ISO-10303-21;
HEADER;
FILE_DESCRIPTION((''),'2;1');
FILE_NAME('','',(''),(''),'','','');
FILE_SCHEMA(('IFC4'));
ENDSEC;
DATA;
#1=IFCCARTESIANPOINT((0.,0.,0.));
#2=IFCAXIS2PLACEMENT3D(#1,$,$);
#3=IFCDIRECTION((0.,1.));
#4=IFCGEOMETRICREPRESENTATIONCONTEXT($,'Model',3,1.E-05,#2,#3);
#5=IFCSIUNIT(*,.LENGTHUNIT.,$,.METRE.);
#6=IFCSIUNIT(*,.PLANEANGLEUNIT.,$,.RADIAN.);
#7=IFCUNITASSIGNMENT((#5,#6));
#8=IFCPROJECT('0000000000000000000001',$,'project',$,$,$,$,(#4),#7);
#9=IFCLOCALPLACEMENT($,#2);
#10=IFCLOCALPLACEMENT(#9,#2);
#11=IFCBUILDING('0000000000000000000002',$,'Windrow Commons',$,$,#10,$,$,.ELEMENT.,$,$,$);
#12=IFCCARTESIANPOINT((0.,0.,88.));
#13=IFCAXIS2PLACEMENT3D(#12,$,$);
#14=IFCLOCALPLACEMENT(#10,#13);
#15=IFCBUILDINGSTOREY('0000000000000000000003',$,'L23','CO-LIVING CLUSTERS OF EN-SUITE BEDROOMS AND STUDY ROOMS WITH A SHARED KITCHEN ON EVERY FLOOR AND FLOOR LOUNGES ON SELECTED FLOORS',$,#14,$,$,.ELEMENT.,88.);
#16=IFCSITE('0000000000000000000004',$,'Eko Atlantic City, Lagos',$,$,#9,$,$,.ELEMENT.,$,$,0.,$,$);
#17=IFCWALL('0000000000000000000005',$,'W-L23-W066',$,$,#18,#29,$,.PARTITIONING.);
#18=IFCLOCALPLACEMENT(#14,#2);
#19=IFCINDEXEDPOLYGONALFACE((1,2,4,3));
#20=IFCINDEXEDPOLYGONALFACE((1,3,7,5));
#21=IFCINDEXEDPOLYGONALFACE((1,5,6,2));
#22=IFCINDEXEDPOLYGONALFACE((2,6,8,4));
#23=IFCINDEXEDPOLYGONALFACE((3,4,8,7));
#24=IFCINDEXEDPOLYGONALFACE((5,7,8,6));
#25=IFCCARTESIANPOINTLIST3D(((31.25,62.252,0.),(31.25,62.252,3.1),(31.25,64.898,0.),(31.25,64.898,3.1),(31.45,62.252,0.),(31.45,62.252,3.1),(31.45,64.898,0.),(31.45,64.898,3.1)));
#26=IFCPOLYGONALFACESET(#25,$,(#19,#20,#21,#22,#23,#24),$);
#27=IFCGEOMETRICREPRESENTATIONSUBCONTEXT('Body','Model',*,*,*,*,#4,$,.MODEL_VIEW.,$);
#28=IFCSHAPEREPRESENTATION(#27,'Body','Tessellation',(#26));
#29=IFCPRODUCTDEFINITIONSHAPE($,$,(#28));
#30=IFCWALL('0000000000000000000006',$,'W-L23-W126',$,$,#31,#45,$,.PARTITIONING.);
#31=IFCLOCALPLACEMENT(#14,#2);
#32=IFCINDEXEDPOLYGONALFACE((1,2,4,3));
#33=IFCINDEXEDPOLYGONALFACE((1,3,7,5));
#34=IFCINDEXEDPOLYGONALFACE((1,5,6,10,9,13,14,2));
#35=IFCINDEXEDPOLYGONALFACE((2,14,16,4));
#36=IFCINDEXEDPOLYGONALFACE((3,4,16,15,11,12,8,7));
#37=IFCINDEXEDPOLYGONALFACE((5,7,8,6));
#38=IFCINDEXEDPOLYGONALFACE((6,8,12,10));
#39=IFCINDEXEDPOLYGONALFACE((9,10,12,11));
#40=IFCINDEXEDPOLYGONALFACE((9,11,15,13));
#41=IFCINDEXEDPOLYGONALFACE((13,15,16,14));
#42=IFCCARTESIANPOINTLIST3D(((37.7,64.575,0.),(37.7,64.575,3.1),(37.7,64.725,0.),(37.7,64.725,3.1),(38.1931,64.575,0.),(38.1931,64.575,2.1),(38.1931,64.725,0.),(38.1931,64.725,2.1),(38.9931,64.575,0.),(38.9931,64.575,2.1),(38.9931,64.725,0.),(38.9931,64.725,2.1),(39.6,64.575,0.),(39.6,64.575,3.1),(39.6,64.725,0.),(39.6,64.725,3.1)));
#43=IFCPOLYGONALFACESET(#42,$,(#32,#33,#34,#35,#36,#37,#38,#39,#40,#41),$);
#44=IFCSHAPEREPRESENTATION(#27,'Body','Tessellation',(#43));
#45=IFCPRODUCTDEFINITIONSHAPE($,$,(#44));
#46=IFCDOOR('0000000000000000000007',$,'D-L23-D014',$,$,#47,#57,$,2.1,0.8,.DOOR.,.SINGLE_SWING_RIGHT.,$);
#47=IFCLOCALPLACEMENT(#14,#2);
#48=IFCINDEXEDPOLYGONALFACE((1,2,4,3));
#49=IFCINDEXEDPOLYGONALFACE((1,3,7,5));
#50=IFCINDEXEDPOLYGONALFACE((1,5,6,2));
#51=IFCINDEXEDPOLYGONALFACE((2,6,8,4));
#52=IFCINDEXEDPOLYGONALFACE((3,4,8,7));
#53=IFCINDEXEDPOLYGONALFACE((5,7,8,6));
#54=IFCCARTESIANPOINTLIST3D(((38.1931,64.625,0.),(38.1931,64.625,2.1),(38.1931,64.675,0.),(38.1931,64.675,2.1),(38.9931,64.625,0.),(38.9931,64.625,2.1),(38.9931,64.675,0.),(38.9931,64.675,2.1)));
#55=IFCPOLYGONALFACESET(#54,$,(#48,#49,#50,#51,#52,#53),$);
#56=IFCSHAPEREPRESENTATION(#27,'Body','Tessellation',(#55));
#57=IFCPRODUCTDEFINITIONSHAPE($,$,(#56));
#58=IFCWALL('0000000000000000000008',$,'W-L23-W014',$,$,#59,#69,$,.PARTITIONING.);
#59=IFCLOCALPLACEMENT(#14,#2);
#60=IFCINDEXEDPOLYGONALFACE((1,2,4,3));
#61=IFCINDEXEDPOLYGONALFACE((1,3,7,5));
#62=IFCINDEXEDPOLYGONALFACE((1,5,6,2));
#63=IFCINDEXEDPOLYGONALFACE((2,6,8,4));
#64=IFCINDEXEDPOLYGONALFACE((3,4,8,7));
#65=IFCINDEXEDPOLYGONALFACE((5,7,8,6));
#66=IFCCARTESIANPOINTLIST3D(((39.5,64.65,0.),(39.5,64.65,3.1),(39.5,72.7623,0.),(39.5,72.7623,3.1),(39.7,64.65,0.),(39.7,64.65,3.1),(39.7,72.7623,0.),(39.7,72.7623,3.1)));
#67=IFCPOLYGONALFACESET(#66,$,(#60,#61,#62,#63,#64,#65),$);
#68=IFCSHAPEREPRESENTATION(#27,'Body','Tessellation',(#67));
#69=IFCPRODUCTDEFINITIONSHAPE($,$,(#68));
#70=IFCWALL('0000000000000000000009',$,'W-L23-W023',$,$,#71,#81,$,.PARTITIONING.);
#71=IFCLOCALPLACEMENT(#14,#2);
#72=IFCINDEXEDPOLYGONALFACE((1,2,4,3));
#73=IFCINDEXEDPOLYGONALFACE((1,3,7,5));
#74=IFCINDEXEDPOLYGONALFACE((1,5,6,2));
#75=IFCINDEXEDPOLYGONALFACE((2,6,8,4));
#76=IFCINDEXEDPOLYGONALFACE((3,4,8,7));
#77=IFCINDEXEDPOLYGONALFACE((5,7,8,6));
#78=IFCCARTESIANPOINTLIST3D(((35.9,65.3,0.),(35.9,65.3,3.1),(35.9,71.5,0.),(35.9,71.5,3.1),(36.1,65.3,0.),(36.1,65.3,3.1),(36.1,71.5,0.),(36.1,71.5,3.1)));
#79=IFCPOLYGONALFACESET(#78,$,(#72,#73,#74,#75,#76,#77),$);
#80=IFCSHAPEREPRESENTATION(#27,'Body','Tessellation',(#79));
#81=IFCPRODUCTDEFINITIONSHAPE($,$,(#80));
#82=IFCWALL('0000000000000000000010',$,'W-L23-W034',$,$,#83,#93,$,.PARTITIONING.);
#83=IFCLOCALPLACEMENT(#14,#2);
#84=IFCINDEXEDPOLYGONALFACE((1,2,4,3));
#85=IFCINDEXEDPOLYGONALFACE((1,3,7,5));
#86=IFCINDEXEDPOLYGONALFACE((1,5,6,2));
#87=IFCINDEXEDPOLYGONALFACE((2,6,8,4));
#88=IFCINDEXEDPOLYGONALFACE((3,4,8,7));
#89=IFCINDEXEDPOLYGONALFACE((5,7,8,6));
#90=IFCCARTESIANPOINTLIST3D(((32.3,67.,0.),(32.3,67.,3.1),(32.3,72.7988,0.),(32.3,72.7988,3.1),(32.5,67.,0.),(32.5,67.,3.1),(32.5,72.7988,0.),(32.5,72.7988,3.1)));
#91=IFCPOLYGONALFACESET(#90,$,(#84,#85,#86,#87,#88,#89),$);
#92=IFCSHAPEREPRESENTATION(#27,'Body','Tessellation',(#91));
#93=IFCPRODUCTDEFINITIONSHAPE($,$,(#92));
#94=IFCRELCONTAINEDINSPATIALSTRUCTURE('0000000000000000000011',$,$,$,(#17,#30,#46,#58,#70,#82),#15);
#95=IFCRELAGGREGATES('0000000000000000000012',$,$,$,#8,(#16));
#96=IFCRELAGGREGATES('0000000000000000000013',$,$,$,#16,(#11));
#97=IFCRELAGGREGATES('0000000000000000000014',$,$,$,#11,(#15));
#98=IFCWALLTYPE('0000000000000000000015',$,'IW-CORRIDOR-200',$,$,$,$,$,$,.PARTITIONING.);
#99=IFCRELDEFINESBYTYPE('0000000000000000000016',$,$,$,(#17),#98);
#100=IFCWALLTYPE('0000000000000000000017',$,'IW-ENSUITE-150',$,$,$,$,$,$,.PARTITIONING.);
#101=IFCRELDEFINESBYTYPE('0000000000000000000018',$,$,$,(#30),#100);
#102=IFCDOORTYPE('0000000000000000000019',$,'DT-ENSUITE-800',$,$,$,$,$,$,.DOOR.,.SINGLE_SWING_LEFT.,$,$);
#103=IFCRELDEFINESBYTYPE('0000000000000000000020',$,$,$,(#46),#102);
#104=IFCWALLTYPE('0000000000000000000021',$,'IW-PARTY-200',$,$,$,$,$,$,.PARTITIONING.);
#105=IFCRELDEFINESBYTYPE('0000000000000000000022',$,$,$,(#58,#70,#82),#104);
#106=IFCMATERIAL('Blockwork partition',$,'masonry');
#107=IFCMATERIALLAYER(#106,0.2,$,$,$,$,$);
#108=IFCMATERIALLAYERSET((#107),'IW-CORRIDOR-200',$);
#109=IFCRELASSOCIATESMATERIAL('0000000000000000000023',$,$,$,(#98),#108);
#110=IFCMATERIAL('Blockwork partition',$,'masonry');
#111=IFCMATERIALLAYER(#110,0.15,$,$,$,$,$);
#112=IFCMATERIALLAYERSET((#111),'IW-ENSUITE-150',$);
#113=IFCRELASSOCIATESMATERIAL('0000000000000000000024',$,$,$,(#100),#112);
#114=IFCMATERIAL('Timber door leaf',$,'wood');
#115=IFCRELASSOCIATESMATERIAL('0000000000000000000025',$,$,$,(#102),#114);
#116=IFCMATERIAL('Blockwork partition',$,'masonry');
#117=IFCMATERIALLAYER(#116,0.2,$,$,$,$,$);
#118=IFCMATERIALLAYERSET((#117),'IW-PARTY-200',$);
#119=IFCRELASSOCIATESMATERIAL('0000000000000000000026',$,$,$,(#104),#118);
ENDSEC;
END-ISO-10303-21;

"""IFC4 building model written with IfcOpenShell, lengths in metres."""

from ifc_helpers import new_model, si_unit, direction, frame, frame_2d, origin, place, context, subcontext, project, spatial, rectangle, extrude, material, layer, layer_set, type_object, element, fill, save


model = new_model("IFC4")

# Units and contexts
model_context = context("Model", 3, precision=1e-05, world=origin(), true_north=direction((0.0, 1.0)))
body_context = subcontext(model_context, "Body", "Model", "MODEL_VIEW")
ifc_project = project(units=[si_unit("LENGTHUNIT", "METRE"), si_unit("PLANEANGLEUNIT", "RADIAN")], contexts=[model_context])

# Site, building, storey
site_placement = place(None, origin())
site = spatial("IfcSite", under=ifc_project, at=site_placement, Name="Eko Atlantic City, Lagos", CompositionType="ELEMENT", RefElevation=0.0)
building_placement = place(site_placement, origin())
building = spatial("IfcBuilding", under=site, at=building_placement, Name="Windrow Commons", CompositionType="ELEMENT")
storey_placement = place(building_placement, frame((0.0, 0.0, 88.0)))
storey = spatial("IfcBuildingStorey", under=building, at=storey_placement, Name="L23", Description="CO-LIVING CLUSTERS OF EN-SUITE BEDROOMS AND STUDY ROOMS WITH A SHARED KITCHEN ON EVERY FLOOR AND FLOOR LOUNGES ON SELECTED FLOORS", CompositionType="ELEMENT", Elevation=88.0)

# Wall
ifc_material_1 = material(Name="Blockwork partition", Category="masonry")
ifc_layer_1 = layer(ifc_material_1, 0.2)
ifc_layer_set_1 = layer_set([ifc_layer_1], Name="IW-CORRIDOR-200")
wall_type_1 = type_object("IfcWallType", Name="IW-CORRIDOR-200", PredefinedType="PARTITIONING", material=ifc_layer_set_1)
wall_1_placement = place(storey_placement, frame((31.35, 62.252, 0.0), z_axis=(0.0, 0.0, 1.0), x_axis=(0.0, 1.0, 0.0)))
element("IfcWall", 1, at=wall_1_placement, inside=storey, type_object=wall_type_1, Name="W-L23-W066", PredefinedType="PARTITIONING", context=body_context, shape_type="SweptSolid", body=[
    extrude(rectangle(XDim=2.646, YDim=0.2, at=frame_2d((1.323, 0.0))), origin(), (0.0, 0.0, 1.0), 3.1),
])

# Wall, opening, door
ifc_material_2 = material(Name="Blockwork partition", Category="masonry")
ifc_layer_2 = layer(ifc_material_2, 0.15)
ifc_layer_set_2 = layer_set([ifc_layer_2], Name="IW-ENSUITE-150")
wall_type_2 = type_object("IfcWallType", Name="IW-ENSUITE-150", PredefinedType="PARTITIONING", material=ifc_layer_set_2)
wall_2_placement = place(storey_placement, frame((37.7, 64.65, 0.0), z_axis=(0.0, 0.0, 1.0), x_axis=(1.0, 0.0, 0.0)))
wall_2 = element("IfcWall", 2, at=wall_2_placement, inside=storey, type_object=wall_type_2, Name="W-L23-W126", PredefinedType="PARTITIONING", context=body_context, shape_type="SweptSolid", body=[
    extrude(rectangle(XDim=1.9, YDim=0.15, at=frame_2d((0.95, 0.0))), origin(), (0.0, 0.0, 1.0), 3.1),
])
opening_1_placement = place(wall_2_placement, frame((0.4931, 0.0, 0.0)))
opening_1 = element("IfcOpeningElement", 3, at=opening_1_placement, cuts=wall_2, PredefinedType="OPENING", context=body_context, shape_type="SweptSolid", body=[
    extrude(rectangle(XDim=0.8, YDim=2.1, at=frame_2d((0.4, 1.05))), frame((0.0, 0.085, 0.0), z_axis=(0.0, -1.0, 0.0), x_axis=(1.0, 0.0, 0.0)), (0.0, 0.0, 1.0), 0.17),
])
ifc_material_3 = material(Name="Timber door leaf", Category="wood")
door_type = type_object("IfcDoorType", Name="DT-ENSUITE-800", OperationType="SINGLE_SWING_LEFT", PredefinedType="DOOR", material=ifc_material_3)
door_placement = place(opening_1_placement, origin())
door = element("IfcDoor", 4, at=door_placement, inside=storey, type_object=door_type, Name="D-L23-D014", OperationType="SINGLE_SWING_RIGHT", OverallHeight=2.1, OverallWidth=0.8, PredefinedType="DOOR", context=body_context, shape_type="SweptSolid", body=[
    extrude(rectangle(XDim=0.8, YDim=2.1, at=frame_2d((0.4, 1.05))), frame((0.0, 0.025, 0.0), z_axis=(0.0, -1.0, 0.0), x_axis=(1.0, 0.0, 0.0)), (0.0, 0.0, 1.0), 0.05),
])
fill(opening_1, door)

# Walls
ifc_material_4 = material(Name="Blockwork partition", Category="masonry")
ifc_layer_3 = layer(ifc_material_4, 0.2)
ifc_layer_set_3 = layer_set([ifc_layer_3], Name="IW-PARTY-200")
wall_type_3 = type_object("IfcWallType", Name="IW-PARTY-200", PredefinedType="PARTITIONING", material=ifc_layer_set_3)
wall_3_placement = place(storey_placement, frame((39.6, 64.65, 0.0), z_axis=(0.0, 0.0, 1.0), x_axis=(0.0, 1.0, 0.0)))
element("IfcWall", 5, at=wall_3_placement, inside=storey, type_object=wall_type_3, Name="W-L23-W014", PredefinedType="PARTITIONING", context=body_context, shape_type="SweptSolid", body=[
    extrude(rectangle(XDim=8.1123, YDim=0.2, at=frame_2d((4.0561, 0.0))), origin(), (0.0, 0.0, 1.0), 3.1),
])
wall_4_placement = place(storey_placement, frame((36.0, 65.3, 0.0), z_axis=(0.0, 0.0, 1.0), x_axis=(0.0, 1.0, 0.0)))
element("IfcWall", 6, at=wall_4_placement, inside=storey, type_object=wall_type_3, Name="W-L23-W023", PredefinedType="PARTITIONING", context=body_context, shape_type="SweptSolid", body=[
    extrude(rectangle(XDim=6.2, YDim=0.2, at=frame_2d((3.1, 0.0))), origin(), (0.0, 0.0, 1.0), 3.1),
])
wall_5_placement = place(storey_placement, frame((32.4, 67.0, 0.0), z_axis=(0.0, 0.0, 1.0), x_axis=(0.0, 1.0, 0.0)))
element("IfcWall", 7, at=wall_5_placement, inside=storey, type_object=wall_type_3, Name="W-L23-W034", PredefinedType="PARTITIONING", context=body_context, shape_type="SweptSolid", body=[
    extrude(rectangle(XDim=5.7987, YDim=0.2, at=frame_2d((2.8994, 0.0))), origin(), (0.0, 0.0, 1.0), 3.1),
])

save(model, "model.ifc")
